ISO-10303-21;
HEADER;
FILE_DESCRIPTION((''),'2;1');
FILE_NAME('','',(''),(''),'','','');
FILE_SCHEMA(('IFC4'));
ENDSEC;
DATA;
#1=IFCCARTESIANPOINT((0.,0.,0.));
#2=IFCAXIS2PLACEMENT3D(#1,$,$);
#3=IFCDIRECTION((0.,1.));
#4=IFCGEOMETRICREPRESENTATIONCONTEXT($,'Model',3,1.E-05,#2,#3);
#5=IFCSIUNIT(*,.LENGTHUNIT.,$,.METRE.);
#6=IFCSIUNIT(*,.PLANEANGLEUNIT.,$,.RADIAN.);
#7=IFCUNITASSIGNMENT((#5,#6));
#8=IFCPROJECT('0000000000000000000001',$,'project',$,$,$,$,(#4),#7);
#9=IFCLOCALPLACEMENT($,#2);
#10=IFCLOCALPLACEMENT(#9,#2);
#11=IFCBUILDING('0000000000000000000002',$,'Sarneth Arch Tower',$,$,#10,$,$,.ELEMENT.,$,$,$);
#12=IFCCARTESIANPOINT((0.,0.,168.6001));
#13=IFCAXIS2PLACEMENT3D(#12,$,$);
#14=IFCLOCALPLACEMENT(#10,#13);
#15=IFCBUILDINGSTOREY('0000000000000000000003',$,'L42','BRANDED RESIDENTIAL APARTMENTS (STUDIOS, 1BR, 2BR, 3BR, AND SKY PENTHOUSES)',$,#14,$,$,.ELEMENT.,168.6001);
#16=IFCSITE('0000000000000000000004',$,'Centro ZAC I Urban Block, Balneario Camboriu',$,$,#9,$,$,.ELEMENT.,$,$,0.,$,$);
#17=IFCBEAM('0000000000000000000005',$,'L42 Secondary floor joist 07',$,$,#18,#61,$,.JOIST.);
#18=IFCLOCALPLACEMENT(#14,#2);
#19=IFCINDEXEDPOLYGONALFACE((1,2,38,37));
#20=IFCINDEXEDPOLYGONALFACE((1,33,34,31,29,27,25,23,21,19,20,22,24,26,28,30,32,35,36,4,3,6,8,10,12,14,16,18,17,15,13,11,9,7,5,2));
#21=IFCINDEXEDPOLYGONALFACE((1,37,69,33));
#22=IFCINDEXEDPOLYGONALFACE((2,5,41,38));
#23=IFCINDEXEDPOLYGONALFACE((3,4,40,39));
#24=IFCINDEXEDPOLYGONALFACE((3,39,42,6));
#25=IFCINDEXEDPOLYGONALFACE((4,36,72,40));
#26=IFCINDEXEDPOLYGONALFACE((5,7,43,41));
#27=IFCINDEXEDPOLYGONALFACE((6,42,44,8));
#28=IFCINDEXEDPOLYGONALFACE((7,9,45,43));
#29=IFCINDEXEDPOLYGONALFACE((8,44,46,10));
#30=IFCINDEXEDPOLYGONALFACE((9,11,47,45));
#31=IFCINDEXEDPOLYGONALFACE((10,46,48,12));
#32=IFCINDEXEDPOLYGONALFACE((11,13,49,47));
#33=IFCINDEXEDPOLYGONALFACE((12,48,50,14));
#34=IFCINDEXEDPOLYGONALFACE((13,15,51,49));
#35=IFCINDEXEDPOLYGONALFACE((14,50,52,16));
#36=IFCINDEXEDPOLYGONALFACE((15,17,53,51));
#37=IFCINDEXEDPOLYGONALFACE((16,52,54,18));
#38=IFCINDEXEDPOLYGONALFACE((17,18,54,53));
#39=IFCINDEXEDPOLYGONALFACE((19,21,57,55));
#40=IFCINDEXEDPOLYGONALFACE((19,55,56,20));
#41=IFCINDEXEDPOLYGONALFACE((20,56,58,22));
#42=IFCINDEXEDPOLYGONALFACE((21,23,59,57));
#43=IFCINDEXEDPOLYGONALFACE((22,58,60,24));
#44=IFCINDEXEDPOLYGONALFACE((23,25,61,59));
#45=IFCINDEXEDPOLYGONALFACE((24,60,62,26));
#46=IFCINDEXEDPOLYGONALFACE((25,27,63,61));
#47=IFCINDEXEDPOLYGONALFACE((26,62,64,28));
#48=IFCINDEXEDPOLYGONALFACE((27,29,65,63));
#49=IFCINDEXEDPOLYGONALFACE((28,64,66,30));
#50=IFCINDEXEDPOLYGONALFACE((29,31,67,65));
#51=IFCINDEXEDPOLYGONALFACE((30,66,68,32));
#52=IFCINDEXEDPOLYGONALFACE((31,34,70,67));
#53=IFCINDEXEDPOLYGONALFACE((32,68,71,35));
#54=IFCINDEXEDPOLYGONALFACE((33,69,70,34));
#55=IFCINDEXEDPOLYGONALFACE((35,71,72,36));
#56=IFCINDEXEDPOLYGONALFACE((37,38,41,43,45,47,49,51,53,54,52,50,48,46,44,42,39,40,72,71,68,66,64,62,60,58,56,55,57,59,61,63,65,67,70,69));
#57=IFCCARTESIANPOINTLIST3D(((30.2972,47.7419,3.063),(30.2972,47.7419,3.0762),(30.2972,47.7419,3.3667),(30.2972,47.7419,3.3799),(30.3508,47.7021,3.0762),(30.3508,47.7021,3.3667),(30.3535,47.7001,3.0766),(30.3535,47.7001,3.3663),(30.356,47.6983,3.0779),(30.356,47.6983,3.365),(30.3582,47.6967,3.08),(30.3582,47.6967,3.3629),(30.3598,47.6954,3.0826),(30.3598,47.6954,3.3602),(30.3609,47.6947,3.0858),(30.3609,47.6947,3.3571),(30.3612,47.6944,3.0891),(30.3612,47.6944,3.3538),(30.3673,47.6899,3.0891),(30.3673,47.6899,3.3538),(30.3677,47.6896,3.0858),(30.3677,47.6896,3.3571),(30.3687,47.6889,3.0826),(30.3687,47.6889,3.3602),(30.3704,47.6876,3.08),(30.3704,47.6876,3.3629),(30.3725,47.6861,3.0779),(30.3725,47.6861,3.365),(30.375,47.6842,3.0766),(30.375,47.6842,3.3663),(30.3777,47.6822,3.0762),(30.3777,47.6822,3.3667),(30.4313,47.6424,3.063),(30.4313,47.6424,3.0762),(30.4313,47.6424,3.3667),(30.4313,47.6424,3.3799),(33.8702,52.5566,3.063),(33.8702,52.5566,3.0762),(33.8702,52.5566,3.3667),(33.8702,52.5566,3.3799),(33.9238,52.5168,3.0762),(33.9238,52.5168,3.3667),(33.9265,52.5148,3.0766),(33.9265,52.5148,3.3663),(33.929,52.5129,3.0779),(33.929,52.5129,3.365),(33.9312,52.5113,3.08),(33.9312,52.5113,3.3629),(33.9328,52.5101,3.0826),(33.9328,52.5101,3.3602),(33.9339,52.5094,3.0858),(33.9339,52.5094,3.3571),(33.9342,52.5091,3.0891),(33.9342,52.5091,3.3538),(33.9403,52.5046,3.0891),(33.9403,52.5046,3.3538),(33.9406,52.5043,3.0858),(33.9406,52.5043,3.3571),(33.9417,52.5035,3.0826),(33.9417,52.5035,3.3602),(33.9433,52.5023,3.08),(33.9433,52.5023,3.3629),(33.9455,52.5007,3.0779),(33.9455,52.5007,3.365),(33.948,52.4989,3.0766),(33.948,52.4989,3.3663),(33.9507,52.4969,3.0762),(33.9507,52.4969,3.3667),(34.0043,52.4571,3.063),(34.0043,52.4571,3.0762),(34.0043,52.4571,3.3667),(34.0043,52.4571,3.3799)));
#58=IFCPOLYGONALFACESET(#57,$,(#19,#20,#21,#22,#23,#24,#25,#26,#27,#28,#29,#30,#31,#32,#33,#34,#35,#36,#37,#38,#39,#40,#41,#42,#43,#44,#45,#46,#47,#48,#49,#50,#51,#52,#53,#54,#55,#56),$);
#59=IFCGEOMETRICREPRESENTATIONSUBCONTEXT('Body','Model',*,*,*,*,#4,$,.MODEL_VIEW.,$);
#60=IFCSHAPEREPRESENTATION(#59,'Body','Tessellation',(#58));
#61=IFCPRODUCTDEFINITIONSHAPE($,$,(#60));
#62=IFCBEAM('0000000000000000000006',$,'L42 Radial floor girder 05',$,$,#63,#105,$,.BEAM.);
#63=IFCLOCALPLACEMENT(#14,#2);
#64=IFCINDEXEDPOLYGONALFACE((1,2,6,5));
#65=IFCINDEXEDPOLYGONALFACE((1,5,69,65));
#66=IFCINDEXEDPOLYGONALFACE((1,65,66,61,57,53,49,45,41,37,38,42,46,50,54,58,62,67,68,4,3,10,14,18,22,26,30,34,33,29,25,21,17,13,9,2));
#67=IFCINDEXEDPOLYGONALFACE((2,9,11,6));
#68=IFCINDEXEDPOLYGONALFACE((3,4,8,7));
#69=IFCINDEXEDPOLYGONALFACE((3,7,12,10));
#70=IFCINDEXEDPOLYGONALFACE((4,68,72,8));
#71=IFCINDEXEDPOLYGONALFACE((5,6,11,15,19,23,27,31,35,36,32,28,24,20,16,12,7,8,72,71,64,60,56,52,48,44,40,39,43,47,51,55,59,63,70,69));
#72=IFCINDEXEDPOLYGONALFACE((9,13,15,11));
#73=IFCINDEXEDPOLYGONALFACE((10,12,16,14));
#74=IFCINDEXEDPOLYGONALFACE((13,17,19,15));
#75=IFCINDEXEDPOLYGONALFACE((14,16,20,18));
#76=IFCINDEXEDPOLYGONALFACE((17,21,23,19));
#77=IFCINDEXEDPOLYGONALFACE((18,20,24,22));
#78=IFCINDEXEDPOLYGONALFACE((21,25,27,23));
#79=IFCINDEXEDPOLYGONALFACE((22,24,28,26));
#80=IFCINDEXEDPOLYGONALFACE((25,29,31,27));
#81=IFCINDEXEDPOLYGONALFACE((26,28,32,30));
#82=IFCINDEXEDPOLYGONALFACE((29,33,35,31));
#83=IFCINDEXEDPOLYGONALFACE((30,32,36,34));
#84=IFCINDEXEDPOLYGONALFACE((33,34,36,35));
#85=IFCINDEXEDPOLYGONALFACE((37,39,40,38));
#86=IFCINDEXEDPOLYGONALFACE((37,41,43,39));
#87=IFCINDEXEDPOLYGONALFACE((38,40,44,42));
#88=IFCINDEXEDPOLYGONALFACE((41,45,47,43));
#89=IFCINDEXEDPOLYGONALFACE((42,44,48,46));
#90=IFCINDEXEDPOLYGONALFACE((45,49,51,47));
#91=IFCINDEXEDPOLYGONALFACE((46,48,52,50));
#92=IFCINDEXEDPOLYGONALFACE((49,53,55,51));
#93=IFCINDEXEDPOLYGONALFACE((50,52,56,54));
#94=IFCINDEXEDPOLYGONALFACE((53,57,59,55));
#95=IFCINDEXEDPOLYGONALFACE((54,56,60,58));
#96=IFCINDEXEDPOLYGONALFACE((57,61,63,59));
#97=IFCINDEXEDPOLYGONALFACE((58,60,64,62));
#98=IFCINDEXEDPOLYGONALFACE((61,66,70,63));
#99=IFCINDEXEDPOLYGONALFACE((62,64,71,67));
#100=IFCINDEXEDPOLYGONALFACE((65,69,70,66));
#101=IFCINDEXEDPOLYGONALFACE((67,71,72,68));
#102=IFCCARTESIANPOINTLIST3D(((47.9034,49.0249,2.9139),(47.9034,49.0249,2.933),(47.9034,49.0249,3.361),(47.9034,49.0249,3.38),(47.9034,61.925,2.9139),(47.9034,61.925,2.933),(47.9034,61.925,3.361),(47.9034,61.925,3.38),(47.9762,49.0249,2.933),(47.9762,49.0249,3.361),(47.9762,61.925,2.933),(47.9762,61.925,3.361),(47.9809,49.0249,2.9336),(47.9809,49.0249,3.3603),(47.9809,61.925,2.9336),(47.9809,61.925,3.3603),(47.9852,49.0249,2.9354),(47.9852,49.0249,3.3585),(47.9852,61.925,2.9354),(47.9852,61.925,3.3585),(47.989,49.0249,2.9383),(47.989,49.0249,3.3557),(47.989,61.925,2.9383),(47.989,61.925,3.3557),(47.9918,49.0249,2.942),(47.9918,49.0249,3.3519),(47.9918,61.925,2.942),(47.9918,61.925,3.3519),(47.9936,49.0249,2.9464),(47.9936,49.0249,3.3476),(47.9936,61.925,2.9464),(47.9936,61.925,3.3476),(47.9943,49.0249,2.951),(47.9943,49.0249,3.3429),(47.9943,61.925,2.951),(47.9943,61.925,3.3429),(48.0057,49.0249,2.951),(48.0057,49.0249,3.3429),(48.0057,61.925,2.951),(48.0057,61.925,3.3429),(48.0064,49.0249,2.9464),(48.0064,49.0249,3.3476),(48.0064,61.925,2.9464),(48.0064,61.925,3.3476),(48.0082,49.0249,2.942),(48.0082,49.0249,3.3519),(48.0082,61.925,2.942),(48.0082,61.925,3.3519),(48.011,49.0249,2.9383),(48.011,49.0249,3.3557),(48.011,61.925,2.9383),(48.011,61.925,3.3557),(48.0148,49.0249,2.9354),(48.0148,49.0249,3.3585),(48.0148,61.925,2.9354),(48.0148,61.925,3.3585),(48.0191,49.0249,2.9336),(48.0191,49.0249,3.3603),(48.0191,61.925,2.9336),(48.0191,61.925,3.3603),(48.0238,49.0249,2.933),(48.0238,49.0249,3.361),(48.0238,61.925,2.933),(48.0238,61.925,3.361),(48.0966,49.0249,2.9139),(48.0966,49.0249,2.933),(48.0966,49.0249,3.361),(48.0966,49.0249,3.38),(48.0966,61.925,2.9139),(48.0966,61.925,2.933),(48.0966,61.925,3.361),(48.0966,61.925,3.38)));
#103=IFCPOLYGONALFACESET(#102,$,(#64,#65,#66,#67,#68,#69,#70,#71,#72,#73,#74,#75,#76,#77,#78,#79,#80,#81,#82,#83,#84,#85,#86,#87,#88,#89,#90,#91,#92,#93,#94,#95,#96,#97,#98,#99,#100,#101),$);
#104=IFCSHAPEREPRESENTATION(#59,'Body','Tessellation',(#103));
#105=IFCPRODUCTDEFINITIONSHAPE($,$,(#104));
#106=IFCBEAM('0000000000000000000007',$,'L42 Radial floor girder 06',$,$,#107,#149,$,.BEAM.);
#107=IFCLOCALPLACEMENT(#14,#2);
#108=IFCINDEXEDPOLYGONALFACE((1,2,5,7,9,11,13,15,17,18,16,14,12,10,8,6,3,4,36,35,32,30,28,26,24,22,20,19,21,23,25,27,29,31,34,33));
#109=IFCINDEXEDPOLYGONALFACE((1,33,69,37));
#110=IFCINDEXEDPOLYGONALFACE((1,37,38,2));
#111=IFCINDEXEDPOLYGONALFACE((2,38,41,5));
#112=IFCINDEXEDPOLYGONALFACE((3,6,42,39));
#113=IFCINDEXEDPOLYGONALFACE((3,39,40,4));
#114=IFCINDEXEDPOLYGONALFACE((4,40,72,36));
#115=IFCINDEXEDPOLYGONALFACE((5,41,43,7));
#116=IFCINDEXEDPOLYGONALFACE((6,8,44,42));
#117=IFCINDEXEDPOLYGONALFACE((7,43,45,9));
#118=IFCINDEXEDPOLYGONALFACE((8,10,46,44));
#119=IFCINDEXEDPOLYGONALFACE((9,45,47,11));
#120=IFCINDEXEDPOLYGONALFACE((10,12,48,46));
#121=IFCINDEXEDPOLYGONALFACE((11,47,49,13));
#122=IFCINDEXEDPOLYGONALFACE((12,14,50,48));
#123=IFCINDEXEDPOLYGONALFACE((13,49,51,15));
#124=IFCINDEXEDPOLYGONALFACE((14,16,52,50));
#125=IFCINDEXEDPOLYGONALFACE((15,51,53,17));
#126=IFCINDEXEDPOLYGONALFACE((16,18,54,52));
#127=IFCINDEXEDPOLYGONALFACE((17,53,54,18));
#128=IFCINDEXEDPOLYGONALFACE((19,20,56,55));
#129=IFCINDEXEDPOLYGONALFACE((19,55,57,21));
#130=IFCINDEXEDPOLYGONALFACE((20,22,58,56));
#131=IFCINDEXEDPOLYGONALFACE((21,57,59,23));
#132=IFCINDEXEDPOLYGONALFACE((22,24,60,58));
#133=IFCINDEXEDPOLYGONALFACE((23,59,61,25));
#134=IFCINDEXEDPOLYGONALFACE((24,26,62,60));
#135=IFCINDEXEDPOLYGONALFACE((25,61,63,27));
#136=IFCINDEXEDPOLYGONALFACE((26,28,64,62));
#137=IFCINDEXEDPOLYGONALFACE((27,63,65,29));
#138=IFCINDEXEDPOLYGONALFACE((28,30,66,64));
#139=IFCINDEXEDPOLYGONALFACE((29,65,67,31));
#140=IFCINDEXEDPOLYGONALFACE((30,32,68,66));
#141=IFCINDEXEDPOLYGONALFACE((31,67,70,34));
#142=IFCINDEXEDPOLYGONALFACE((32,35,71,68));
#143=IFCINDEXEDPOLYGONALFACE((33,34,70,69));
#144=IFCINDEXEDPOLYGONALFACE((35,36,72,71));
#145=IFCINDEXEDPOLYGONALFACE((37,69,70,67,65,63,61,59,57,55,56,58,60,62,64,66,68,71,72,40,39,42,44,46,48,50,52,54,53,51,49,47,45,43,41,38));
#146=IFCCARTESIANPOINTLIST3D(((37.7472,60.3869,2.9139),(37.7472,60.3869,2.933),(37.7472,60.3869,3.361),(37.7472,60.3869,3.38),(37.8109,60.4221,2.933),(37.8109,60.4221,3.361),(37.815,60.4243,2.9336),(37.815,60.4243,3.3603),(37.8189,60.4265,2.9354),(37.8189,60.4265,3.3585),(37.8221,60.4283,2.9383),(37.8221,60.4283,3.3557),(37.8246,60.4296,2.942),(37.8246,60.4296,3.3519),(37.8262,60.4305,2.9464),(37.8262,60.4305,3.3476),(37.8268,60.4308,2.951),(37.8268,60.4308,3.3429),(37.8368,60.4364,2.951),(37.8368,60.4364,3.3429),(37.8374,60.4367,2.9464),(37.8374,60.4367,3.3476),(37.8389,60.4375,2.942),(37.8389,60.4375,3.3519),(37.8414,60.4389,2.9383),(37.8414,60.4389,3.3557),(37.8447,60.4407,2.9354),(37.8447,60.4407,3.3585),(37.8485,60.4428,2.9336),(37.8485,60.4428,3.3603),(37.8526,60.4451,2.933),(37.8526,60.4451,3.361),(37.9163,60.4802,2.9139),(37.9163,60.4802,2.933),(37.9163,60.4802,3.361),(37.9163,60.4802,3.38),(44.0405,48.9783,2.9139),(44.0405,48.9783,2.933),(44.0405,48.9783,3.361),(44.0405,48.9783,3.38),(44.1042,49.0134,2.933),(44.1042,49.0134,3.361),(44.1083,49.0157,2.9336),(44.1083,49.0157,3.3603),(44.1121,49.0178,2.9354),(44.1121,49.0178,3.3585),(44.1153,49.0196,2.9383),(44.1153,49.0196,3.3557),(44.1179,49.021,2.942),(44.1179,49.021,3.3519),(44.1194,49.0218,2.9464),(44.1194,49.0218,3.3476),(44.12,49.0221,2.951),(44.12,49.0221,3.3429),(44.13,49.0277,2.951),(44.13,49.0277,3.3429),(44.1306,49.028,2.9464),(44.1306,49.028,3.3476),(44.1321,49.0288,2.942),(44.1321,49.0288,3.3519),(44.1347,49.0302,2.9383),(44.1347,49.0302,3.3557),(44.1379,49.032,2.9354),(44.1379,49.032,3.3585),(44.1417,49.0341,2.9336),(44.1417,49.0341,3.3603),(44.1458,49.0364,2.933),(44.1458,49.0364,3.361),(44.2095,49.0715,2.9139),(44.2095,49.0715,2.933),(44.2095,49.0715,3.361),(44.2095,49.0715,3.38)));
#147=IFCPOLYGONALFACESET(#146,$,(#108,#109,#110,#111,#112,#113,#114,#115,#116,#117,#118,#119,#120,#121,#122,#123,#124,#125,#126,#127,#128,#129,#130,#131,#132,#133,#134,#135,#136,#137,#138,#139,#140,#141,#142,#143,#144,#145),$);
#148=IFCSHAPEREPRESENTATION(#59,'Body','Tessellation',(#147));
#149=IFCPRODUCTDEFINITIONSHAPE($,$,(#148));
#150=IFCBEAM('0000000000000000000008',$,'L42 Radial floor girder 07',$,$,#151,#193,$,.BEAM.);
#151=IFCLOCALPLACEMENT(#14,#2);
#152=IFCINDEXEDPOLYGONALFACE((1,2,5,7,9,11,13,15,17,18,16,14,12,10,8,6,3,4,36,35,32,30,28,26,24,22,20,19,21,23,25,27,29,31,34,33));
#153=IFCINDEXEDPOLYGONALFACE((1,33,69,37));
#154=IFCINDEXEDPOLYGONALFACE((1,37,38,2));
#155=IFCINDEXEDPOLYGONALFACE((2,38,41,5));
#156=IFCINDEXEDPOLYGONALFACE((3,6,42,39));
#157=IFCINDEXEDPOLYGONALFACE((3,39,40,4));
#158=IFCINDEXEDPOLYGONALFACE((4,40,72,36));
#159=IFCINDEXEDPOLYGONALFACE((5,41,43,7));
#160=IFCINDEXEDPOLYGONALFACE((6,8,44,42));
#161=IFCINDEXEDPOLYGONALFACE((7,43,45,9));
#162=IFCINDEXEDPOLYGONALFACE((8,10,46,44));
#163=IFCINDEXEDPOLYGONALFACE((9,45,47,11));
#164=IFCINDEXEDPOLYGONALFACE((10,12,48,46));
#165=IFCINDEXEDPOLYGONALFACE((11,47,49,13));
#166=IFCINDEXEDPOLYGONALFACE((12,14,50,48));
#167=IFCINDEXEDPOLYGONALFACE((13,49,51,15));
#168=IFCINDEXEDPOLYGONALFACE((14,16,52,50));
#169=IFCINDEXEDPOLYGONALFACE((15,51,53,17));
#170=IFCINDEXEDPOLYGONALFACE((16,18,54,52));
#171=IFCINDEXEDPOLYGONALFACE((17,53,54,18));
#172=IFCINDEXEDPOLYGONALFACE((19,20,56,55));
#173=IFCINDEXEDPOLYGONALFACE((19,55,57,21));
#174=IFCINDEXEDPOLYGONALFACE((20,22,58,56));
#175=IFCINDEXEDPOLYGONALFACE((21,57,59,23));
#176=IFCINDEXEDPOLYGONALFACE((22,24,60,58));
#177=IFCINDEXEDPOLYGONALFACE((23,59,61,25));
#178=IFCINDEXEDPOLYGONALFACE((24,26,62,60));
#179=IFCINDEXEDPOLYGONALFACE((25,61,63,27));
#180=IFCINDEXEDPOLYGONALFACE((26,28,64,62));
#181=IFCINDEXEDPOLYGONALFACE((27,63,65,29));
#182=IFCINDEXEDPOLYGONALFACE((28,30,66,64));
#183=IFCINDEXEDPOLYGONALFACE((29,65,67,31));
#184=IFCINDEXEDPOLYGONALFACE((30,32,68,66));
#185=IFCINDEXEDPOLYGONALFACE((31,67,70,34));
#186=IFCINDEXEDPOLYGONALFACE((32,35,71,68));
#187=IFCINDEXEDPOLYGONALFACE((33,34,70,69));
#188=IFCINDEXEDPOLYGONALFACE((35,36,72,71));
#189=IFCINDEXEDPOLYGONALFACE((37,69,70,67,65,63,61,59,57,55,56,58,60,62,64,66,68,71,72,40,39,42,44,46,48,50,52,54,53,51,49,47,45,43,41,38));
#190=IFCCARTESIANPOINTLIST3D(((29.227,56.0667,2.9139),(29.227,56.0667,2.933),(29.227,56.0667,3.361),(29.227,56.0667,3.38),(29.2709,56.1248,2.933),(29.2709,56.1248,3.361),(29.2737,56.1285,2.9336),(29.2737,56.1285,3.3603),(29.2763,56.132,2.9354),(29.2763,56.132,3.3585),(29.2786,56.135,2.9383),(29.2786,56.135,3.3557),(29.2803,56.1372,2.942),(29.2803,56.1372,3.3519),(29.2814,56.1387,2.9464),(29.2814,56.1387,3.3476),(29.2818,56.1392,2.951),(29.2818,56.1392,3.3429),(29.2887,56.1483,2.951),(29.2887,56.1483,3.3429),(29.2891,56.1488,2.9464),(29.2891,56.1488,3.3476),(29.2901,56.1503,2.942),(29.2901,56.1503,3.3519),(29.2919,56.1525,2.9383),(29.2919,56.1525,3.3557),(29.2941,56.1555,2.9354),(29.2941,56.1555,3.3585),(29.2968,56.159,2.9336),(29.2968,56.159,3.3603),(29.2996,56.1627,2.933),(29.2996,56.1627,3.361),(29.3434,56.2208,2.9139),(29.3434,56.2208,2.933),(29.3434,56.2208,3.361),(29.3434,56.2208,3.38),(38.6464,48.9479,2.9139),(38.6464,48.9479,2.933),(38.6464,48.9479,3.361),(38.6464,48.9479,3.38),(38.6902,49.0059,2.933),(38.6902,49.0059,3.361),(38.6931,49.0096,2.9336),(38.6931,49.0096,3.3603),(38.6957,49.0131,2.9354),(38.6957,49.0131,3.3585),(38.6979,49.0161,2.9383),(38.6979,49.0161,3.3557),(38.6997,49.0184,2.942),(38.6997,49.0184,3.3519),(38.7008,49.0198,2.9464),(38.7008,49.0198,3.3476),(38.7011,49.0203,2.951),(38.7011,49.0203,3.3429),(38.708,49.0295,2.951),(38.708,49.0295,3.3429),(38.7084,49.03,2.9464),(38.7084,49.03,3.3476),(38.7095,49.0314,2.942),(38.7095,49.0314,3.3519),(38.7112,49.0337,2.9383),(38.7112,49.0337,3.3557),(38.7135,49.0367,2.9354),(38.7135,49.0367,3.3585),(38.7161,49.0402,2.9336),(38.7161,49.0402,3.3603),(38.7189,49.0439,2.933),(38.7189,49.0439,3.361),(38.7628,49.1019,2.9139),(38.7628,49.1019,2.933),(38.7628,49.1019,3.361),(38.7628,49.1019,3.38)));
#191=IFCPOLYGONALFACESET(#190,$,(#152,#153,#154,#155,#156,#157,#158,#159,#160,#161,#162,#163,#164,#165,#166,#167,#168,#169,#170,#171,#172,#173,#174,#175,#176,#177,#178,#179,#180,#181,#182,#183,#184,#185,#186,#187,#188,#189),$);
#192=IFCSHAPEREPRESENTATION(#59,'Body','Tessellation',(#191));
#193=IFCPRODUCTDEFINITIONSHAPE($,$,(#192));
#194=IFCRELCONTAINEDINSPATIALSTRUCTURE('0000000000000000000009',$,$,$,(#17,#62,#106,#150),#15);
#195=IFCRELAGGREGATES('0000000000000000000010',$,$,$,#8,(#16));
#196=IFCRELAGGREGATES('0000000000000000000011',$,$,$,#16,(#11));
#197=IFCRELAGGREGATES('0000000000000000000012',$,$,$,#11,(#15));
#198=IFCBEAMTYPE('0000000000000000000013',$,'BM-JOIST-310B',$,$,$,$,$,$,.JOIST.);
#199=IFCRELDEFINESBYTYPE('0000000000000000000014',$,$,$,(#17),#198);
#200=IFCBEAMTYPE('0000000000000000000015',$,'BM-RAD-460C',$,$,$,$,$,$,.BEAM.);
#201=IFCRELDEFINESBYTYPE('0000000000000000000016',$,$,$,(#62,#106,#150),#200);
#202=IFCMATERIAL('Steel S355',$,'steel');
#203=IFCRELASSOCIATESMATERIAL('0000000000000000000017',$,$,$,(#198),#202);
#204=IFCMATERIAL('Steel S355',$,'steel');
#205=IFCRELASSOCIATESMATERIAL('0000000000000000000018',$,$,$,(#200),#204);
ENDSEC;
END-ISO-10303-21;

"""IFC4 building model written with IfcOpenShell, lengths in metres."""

from ifc_helpers import new_model, si_unit, direction, frame, origin, origin_2d, place, context, subcontext, project, spatial, i_section, extrude, material, material_profile, profile_set, type_object, element, save


model = new_model("IFC4")

# Units and contexts
model_context = context("Model", 3, precision=1e-05, world=origin(), true_north=direction((0.0, 1.0)))
body_context = subcontext(model_context, "Body", "Model", "MODEL_VIEW")
ifc_project = project(units=[si_unit("LENGTHUNIT", "METRE"), si_unit("PLANEANGLEUNIT", "RADIAN")], contexts=[model_context])

# Site, building, storey
site_placement = place(None, origin())
site = spatial("IfcSite", under=ifc_project, at=site_placement, Name="Centro ZAC I Urban Block, Balneario Camboriu", CompositionType="ELEMENT", RefElevation=0.0)
building_placement = place(site_placement, origin())
building = spatial("IfcBuilding", under=site, at=building_placement, Name="Sarneth Arch Tower", CompositionType="ELEMENT")
storey_placement = place(building_placement, frame((0.0, 0.0, 168.6001)))
storey = spatial("IfcBuildingStorey", under=building, at=storey_placement, Name="L42", Description="BRANDED RESIDENTIAL APARTMENTS (STUDIOS, 1BR, 2BR, 3BR, AND SKY PENTHOUSES)", CompositionType="ELEMENT", Elevation=168.6001)

# Beams
ifc_material_1 = material(Name="Steel S355", Category="steel")
ifc_material_profile_1 = material_profile(ifc_material_1, i_section(OverallWidth=0.167, OverallDepth=0.3169, WebThickness=0.0076, FlangeThickness=0.0132, FilletRadius=0.0129, at=origin_2d()), Name="W310x52")
ifc_profile_set_1 = profile_set([ifc_material_profile_1], Name="Steel S355")
beam_type_1 = type_object("IfcBeamType", Name="BM-JOIST-310B", PredefinedType="JOIST", material=ifc_profile_set_1)
beam_1_placement = place(storey_placement, frame((33.9373, 52.5068, 3.2214), z_axis=(-0.595933, -0.803034, 0.0), x_axis=(0.803034, -0.595933, 0.0)))
element("IfcBeam", 1, at=beam_1_placement, inside=storey, type_object=beam_type_1, Name="L42 Secondary floor joist 07", PredefinedType="JOIST", context=body_context, shape_type="SweptSolid", body=[
    extrude(i_section(OverallWidth=0.167, OverallDepth=0.3169, WebThickness=0.0076, FlangeThickness=0.0132, FilletRadius=0.0129, at=origin_2d()), origin(), (0.0, 0.0, 1.0), 5.9956),
])
ifc_material_2 = material(Name="Steel S355", Category="steel")
ifc_material_profile_2 = material_profile(ifc_material_2, i_section(OverallWidth=0.1931, OverallDepth=0.4661, WebThickness=0.0115, FlangeThickness=0.019, FilletRadius=0.0181, at=origin_2d()), Name="W460x97")
ifc_profile_set_2 = profile_set([ifc_material_profile_2], Name="Steel S355")
beam_type_2 = type_object("IfcBeamType", Name="BM-RAD-460C", PredefinedType="BEAM", material=ifc_profile_set_2)
beam_2_placement = place(storey_placement, frame((48.0, 49.0249, 3.147), z_axis=(0.0, 1.0, 0.0), x_axis=(-1.0, 0.0, 0.0)))
element("IfcBeam", 2, at=beam_2_placement, inside=storey, type_object=beam_type_2, Name="L42 Radial floor girder 05", PredefinedType="BEAM", context=body_context, shape_type="SweptSolid", body=[
    extrude(i_section(OverallWidth=0.1931, OverallDepth=0.4661, WebThickness=0.0115, FlangeThickness=0.019, FilletRadius=0.0181, at=origin_2d()), origin(), (0.0, 0.0, 1.0), 12.9001),
])
beam_3_placement = place(storey_placement, frame((44.125, 49.0249, 3.147), z_axis=(-0.483005, 0.875618, 0.0), x_axis=(-0.875618, -0.483005, 0.0)))
element("IfcBeam", 3, at=beam_3_placement, inside=storey, type_object=beam_type_2, Name="L42 Radial floor girder 06", PredefinedType="BEAM", context=body_context, shape_type="SweptSolid", body=[
    extrude(i_section(OverallWidth=0.1931, OverallDepth=0.4661, WebThickness=0.0115, FlangeThickness=0.019, FilletRadius=0.0181, at=origin_2d()), origin(), (0.0, 0.0, 1.0), 13.0293),
])
beam_4_placement = place(storey_placement, frame((38.7046, 49.0249, 3.147), z_axis=(-0.797786, 0.60294, 0.0), x_axis=(-0.60294, -0.797786, 0.0)))
element("IfcBeam", 4, at=beam_4_placement, inside=storey, type_object=beam_type_2, Name="L42 Radial floor girder 07", PredefinedType="BEAM", context=body_context, shape_type="SweptSolid", body=[
    extrude(i_section(OverallWidth=0.1931, OverallDepth=0.4661, WebThickness=0.0115, FlangeThickness=0.019, FilletRadius=0.0181, at=origin_2d()), origin(), (0.0, 0.0, 1.0), 11.8069),
])

save(model, "model.ifc")
